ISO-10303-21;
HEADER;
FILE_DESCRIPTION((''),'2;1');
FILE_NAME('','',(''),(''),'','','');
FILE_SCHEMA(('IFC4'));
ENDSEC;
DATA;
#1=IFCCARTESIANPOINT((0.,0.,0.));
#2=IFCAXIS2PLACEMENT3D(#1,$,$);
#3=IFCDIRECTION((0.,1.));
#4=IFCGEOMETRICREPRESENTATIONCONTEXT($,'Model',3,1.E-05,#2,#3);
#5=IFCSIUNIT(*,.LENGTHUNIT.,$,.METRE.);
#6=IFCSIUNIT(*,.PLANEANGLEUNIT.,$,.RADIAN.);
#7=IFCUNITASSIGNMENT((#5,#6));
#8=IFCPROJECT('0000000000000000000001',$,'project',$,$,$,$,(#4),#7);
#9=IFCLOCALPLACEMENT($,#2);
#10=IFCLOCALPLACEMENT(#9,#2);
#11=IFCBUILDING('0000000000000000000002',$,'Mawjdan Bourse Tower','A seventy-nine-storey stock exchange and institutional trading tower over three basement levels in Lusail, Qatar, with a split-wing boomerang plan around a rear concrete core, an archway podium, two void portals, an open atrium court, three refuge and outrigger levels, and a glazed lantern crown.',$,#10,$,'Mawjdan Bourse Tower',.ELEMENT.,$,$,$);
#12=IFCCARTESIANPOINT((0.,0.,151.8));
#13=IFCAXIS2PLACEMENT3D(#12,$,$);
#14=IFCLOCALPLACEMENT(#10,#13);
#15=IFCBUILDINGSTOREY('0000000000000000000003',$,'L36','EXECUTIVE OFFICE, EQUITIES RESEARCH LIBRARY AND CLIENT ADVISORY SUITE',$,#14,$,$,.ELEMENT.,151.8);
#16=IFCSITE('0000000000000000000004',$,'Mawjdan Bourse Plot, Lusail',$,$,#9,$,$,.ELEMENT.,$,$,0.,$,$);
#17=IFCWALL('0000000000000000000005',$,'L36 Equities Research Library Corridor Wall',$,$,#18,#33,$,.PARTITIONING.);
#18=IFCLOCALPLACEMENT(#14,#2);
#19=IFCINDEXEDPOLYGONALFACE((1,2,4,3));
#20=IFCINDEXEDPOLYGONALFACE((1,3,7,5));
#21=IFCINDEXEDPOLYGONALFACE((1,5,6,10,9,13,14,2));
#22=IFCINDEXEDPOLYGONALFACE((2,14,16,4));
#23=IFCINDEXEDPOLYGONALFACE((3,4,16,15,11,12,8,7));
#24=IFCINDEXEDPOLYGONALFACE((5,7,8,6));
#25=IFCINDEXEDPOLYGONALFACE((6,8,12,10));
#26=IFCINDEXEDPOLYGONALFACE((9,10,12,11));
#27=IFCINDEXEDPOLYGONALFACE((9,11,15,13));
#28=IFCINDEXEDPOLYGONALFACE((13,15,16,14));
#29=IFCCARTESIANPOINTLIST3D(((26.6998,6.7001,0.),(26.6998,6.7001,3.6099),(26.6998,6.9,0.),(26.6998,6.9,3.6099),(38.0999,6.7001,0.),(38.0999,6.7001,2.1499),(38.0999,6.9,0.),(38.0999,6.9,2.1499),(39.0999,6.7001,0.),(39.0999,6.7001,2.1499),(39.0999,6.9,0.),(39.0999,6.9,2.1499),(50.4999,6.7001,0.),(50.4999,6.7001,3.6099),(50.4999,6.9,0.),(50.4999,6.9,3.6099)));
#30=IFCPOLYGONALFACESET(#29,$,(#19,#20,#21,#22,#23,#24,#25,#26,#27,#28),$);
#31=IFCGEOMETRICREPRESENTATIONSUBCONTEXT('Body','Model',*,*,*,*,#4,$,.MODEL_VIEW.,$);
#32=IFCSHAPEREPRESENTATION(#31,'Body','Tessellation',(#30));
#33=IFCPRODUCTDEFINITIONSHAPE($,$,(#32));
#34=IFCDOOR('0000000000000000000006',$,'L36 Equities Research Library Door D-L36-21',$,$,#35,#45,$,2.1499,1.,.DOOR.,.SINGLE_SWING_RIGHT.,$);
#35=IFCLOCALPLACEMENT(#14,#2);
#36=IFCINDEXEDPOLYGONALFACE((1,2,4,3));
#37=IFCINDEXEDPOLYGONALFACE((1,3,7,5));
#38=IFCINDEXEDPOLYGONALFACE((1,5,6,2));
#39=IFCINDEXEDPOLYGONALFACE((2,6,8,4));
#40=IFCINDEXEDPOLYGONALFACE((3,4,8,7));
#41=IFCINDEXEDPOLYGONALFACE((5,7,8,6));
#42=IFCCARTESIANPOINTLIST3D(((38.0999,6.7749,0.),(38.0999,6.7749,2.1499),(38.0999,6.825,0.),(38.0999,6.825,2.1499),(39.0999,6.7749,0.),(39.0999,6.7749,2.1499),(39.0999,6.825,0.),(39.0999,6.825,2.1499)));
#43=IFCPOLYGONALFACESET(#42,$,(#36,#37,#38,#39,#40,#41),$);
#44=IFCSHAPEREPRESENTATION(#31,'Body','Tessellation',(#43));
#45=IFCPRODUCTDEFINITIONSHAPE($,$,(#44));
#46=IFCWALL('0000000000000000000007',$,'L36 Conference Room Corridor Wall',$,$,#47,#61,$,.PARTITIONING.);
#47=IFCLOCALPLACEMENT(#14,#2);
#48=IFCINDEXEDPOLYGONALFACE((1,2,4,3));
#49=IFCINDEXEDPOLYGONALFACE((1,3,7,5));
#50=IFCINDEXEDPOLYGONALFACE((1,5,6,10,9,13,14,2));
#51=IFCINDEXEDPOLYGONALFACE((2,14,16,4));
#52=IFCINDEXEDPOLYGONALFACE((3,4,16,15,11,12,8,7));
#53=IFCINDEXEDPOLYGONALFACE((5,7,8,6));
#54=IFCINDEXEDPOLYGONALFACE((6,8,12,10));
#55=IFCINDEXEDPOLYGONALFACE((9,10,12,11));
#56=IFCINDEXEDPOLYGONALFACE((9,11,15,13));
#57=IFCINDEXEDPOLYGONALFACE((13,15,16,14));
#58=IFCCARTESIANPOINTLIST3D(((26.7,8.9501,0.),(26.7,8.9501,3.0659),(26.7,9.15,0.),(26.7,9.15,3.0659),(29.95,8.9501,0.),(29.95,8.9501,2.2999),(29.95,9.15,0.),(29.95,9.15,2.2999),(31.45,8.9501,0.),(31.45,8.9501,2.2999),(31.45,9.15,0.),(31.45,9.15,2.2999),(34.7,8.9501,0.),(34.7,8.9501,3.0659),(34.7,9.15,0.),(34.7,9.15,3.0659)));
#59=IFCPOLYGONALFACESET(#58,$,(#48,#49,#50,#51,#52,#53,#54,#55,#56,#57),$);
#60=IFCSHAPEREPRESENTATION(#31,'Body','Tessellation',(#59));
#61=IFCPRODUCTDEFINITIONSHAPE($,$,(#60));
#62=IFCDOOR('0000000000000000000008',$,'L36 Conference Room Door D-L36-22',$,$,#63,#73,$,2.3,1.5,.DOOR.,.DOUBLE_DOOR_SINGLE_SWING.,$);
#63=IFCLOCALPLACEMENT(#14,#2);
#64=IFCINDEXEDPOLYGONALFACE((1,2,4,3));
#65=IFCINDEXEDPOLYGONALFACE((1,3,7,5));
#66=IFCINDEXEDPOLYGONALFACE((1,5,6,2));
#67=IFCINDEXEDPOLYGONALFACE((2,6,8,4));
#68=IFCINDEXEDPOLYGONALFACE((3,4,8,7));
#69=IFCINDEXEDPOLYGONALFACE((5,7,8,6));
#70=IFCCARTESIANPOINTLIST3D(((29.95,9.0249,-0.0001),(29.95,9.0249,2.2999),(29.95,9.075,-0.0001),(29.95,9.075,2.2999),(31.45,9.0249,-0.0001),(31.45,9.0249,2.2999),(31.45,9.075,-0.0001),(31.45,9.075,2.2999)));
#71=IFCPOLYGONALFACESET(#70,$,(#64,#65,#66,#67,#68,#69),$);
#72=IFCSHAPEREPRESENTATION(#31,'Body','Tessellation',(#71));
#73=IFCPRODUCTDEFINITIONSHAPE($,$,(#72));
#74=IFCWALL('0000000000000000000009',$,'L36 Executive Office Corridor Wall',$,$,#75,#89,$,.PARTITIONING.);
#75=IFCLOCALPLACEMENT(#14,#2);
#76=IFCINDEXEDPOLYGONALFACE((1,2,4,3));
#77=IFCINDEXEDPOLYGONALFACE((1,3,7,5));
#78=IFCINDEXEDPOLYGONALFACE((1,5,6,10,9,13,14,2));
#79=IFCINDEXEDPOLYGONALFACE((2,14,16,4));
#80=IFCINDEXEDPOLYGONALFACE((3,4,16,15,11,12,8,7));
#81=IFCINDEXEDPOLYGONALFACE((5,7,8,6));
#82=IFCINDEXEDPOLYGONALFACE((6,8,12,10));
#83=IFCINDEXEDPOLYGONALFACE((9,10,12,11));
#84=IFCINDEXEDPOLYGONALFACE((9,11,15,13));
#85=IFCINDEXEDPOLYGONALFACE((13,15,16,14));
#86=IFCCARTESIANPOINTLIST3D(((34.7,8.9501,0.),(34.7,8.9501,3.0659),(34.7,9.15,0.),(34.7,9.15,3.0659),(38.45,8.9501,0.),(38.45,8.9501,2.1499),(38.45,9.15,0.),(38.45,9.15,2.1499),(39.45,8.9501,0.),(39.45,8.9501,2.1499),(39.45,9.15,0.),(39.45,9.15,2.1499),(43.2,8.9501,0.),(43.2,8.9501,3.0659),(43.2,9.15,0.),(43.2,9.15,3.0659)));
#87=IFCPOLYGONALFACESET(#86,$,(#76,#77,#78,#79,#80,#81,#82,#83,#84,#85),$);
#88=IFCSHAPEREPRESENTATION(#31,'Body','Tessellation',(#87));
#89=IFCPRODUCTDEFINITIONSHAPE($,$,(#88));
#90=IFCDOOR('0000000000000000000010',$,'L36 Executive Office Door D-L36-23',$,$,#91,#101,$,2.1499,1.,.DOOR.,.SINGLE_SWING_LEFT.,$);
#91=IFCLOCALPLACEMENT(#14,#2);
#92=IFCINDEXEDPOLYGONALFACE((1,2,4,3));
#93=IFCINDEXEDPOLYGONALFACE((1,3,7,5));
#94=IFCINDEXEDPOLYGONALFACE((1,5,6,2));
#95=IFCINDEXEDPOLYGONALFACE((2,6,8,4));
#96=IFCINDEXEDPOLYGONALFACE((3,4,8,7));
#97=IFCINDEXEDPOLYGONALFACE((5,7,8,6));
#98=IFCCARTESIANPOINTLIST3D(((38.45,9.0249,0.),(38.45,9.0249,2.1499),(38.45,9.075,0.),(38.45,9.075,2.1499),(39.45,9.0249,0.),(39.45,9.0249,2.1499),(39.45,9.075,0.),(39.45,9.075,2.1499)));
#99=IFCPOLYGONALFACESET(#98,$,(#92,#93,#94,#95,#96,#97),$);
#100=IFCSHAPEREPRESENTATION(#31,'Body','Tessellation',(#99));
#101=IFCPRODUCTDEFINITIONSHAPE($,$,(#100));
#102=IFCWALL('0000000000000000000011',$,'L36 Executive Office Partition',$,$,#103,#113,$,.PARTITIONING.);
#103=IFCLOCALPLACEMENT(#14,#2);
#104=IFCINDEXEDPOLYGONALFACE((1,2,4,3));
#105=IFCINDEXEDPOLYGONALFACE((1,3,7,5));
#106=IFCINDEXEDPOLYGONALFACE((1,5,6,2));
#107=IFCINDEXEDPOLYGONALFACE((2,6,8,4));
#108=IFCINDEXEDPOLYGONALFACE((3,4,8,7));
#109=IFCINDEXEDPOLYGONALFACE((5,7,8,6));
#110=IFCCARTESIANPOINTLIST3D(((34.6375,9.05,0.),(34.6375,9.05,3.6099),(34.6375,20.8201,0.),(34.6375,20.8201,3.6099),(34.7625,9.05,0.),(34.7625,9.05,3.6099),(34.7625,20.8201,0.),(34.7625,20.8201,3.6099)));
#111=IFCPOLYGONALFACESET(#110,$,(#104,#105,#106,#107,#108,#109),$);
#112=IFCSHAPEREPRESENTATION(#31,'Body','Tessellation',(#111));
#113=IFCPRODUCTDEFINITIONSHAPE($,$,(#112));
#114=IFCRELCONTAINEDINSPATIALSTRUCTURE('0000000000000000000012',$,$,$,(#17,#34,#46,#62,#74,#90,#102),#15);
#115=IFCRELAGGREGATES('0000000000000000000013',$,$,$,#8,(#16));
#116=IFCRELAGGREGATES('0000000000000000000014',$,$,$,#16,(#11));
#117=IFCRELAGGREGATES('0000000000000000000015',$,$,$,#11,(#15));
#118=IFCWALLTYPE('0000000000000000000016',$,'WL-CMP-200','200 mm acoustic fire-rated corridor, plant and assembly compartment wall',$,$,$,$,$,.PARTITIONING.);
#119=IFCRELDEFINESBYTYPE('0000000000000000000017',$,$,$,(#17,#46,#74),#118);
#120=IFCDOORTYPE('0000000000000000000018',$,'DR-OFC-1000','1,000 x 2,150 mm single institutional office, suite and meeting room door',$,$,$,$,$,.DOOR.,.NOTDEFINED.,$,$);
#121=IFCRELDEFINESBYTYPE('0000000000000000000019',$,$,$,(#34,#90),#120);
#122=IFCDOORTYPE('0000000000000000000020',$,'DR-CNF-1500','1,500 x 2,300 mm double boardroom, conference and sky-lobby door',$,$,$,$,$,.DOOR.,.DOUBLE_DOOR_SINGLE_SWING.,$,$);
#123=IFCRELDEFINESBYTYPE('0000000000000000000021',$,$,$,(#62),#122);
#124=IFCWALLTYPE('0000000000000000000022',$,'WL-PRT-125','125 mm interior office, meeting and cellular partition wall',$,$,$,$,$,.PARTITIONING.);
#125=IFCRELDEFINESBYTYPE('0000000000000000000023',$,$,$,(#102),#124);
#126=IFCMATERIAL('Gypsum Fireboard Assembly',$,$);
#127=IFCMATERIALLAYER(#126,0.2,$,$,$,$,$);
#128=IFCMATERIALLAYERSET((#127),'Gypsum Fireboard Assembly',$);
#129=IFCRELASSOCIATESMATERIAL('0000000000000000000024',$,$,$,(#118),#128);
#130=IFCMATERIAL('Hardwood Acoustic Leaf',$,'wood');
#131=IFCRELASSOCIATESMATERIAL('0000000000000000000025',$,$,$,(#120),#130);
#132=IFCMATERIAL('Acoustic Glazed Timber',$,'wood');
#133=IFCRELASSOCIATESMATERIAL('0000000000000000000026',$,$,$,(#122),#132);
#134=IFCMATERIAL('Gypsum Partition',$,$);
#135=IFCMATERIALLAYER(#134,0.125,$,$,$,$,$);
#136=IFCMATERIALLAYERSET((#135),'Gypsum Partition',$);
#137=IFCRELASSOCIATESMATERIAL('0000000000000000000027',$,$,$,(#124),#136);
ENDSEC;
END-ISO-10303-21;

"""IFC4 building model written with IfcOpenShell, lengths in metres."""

from ifc_helpers import new_model, si_unit, direction, frame, frame_2d, origin, place, context, subcontext, project, spatial, rectangle, extrude, material, layer, layer_set, type_object, element, fill, save


model = new_model("IFC4")

# Units and contexts
model_context = context("Model", 3, precision=1e-05, world=origin(), true_north=direction((0.0, 1.0)))
body_context = subcontext(model_context, "Body", "Model", "MODEL_VIEW")
ifc_project = project(units=[si_unit("LENGTHUNIT", "METRE"), si_unit("PLANEANGLEUNIT", "RADIAN")], contexts=[model_context])

# Site, building, storey
site_placement = place(None, origin())
site = spatial("IfcSite", under=ifc_project, at=site_placement, Name="Mawjdan Bourse Plot, Lusail", CompositionType="ELEMENT", RefElevation=0.0)
building_placement = place(site_placement, origin())
building = spatial("IfcBuilding", under=site, at=building_placement, Name="Mawjdan Bourse Tower", Description="A seventy-nine-storey stock exchange and institutional trading tower over three basement levels in Lusail, Qatar, with a split-wing boomerang plan around a rear concrete core, an archway podium, two void portals, an open atrium court, three refuge and outrigger levels, and a glazed lantern crown.", LongName="Mawjdan Bourse Tower", CompositionType="ELEMENT")
storey_placement = place(building_placement, frame((0.0, 0.0, 151.8)))
storey = spatial("IfcBuildingStorey", under=building, at=storey_placement, Name="L36", Description="EXECUTIVE OFFICE, EQUITIES RESEARCH LIBRARY AND CLIENT ADVISORY SUITE", CompositionType="ELEMENT", Elevation=151.8)

# Shared definitions
ifc_material_1 = material(Name="Gypsum Fireboard Assembly")
ifc_layer_1 = layer(ifc_material_1, 0.2)
ifc_layer_set_1 = layer_set([ifc_layer_1], Name="Gypsum Fireboard Assembly")
wall_type_1 = type_object("IfcWallType", Name="WL-CMP-200", Description="200 mm acoustic fire-rated corridor, plant and assembly compartment wall", PredefinedType="PARTITIONING", material=ifc_layer_set_1)

# Walls, openings, doors
wall_1_placement = place(storey_placement, frame((26.7, 6.8, 0.0), z_axis=(0.0, 0.0, 1.0), x_axis=(1.0, 0.0, 0.0)))
wall_1 = element("IfcWall", 1, at=wall_1_placement, inside=storey, type_object=wall_type_1, Name="L36 Equities Research Library Corridor Wall", PredefinedType="PARTITIONING", context=body_context, shape_type="SweptSolid", body=[
    extrude(rectangle(XDim=23.8, YDim=0.2, at=frame_2d((11.8999, 0.0))), origin(), (0.0, 0.0, 1.0), 3.6099),
])
opening_1_placement = place(wall_1_placement, frame((11.3999, 0.0, 0.0)))
opening_1 = element("IfcOpeningElement", 2, at=opening_1_placement, cuts=wall_1, PredefinedType="OPENING", context=body_context, shape_type="SweptSolid", body=[
    extrude(rectangle(XDim=1.0, YDim=2.1499, at=frame_2d((0.5, 1.075))), frame((0.0, 0.1099, 0.0), z_axis=(0.0, -1.0, 0.0), x_axis=(1.0, 0.0, 0.0)), (0.0, 0.0, 1.0), 0.22),
])
ifc_material_2 = material(Name="Hardwood Acoustic Leaf", Category="wood")
door_type_1 = type_object("IfcDoorType", Name="DR-OFC-1000", Description="1,000 x 2,150 mm single institutional office, suite and meeting room door", OperationType="NOTDEFINED", PredefinedType="DOOR", material=ifc_material_2)
door_1_placement = place(opening_1_placement, origin())
door_1 = element("IfcDoor", 3, at=door_1_placement, inside=storey, type_object=door_type_1, Name="L36 Equities Research Library Door D-L36-21", OperationType="SINGLE_SWING_RIGHT", OverallHeight=2.1499, OverallWidth=1.0, PredefinedType="DOOR", context=body_context, shape_type="SweptSolid", body=[
    extrude(rectangle(XDim=1.0, YDim=2.1499, at=frame_2d((0.5, 1.075))), frame((0.0, 0.0249, 0.0), z_axis=(0.0, -1.0, 0.0), x_axis=(1.0, 0.0, 0.0)), (0.0, 0.0, 1.0), 0.05),
])
fill(opening_1, door_1)
wall_2_placement = place(storey_placement, frame((26.7, 9.05, 0.0), z_axis=(0.0, 0.0, 1.0), x_axis=(1.0, 0.0, 0.0)))
wall_2 = element("IfcWall", 4, at=wall_2_placement, inside=storey, type_object=wall_type_1, Name="L36 Conference Room Corridor Wall", PredefinedType="PARTITIONING", context=body_context, shape_type="SweptSolid", body=[
    extrude(rectangle(XDim=8.0, YDim=0.2, at=frame_2d((4.0, 0.0))), origin(), (0.0, 0.0, 1.0), 3.0659),
])
opening_2_placement = place(wall_2_placement, frame((3.25, 0.0, 0.0)))
opening_2 = element("IfcOpeningElement", 5, at=opening_2_placement, cuts=wall_2, PredefinedType="OPENING", context=body_context, shape_type="SweptSolid", body=[
    extrude(rectangle(XDim=1.5, YDim=2.3, at=frame_2d((0.75, 1.1499))), frame((0.0, 0.1099, 0.0), z_axis=(0.0, -1.0, 0.0), x_axis=(1.0, 0.0, 0.0)), (0.0, 0.0, 1.0), 0.22),
])
ifc_material_3 = material(Name="Acoustic Glazed Timber", Category="wood")
door_type_2 = type_object("IfcDoorType", Name="DR-CNF-1500", Description="1,500 x 2,300 mm double boardroom, conference and sky-lobby door", OperationType="DOUBLE_DOOR_SINGLE_SWING", PredefinedType="DOOR", material=ifc_material_3)
door_2_placement = place(opening_2_placement, origin())
door_2 = element("IfcDoor", 6, at=door_2_placement, inside=storey, type_object=door_type_2, Name="L36 Conference Room Door D-L36-22", OperationType="DOUBLE_DOOR_SINGLE_SWING", OverallHeight=2.3, OverallWidth=1.5, PredefinedType="DOOR", context=body_context, shape_type="SweptSolid", body=[
    extrude(rectangle(XDim=1.5, YDim=2.3, at=frame_2d((0.75, 1.1499))), frame((0.0, 0.0249, 0.0), z_axis=(0.0, -1.0, 0.0), x_axis=(1.0, 0.0, 0.0)), (0.0, 0.0, 1.0), 0.05),
])
fill(opening_2, door_2)
wall_3_placement = place(storey_placement, frame((34.7, 9.05, 0.0), z_axis=(0.0, 0.0, 1.0), x_axis=(1.0, 0.0, 0.0)))
wall_3 = element("IfcWall", 7, at=wall_3_placement, inside=storey, type_object=wall_type_1, Name="L36 Executive Office Corridor Wall", PredefinedType="PARTITIONING", context=body_context, shape_type="SweptSolid", body=[
    extrude(rectangle(XDim=8.5, YDim=0.2, at=frame_2d((4.25, 0.0))), origin(), (0.0, 0.0, 1.0), 3.0659),
])
opening_3_placement = place(wall_3_placement, frame((3.75, 0.0, 0.0)))
opening_3 = element("IfcOpeningElement", 8, at=opening_3_placement, cuts=wall_3, PredefinedType="OPENING", context=body_context, shape_type="SweptSolid", body=[
    extrude(rectangle(XDim=1.0, YDim=2.1499, at=frame_2d((0.5, 1.075))), frame((0.0, 0.1099, 0.0), z_axis=(0.0, -1.0, 0.0), x_axis=(1.0, 0.0, 0.0)), (0.0, 0.0, 1.0), 0.22),
])
door_3_placement = place(opening_3_placement, origin())
door_3 = element("IfcDoor", 9, at=door_3_placement, inside=storey, type_object=door_type_1, Name="L36 Executive Office Door D-L36-23", OperationType="SINGLE_SWING_LEFT", OverallHeight=2.1499, OverallWidth=1.0, PredefinedType="DOOR", context=body_context, shape_type="SweptSolid", body=[
    extrude(rectangle(XDim=1.0, YDim=2.1499, at=frame_2d((0.5, 1.075))), frame((0.0, 0.0249, 0.0), z_axis=(0.0, -1.0, 0.0), x_axis=(1.0, 0.0, 0.0)), (0.0, 0.0, 1.0), 0.05),
])
fill(opening_3, door_3)

# Wall
ifc_material_4 = material(Name="Gypsum Partition")
ifc_layer_2 = layer(ifc_material_4, 0.125)
ifc_layer_set_2 = layer_set([ifc_layer_2], Name="Gypsum Partition")
wall_type_2 = type_object("IfcWallType", Name="WL-PRT-125", Description="125 mm interior office, meeting and cellular partition wall", PredefinedType="PARTITIONING", material=ifc_layer_set_2)
wall_4_placement = place(storey_placement, frame((34.7, 9.05, 0.0), z_axis=(0.0, 0.0, 1.0), x_axis=(0.0, 1.0, 0.0)))
element("IfcWall", 10, at=wall_4_placement, inside=storey, type_object=wall_type_2, Name="L36 Executive Office Partition", PredefinedType="PARTITIONING", context=body_context, shape_type="SweptSolid", body=[
    extrude(rectangle(XDim=11.77, YDim=0.125, at=frame_2d((5.885, 0.0))), origin(), (0.0, 0.0, 1.0), 3.6099),
])

save(model, "model.ifc")
